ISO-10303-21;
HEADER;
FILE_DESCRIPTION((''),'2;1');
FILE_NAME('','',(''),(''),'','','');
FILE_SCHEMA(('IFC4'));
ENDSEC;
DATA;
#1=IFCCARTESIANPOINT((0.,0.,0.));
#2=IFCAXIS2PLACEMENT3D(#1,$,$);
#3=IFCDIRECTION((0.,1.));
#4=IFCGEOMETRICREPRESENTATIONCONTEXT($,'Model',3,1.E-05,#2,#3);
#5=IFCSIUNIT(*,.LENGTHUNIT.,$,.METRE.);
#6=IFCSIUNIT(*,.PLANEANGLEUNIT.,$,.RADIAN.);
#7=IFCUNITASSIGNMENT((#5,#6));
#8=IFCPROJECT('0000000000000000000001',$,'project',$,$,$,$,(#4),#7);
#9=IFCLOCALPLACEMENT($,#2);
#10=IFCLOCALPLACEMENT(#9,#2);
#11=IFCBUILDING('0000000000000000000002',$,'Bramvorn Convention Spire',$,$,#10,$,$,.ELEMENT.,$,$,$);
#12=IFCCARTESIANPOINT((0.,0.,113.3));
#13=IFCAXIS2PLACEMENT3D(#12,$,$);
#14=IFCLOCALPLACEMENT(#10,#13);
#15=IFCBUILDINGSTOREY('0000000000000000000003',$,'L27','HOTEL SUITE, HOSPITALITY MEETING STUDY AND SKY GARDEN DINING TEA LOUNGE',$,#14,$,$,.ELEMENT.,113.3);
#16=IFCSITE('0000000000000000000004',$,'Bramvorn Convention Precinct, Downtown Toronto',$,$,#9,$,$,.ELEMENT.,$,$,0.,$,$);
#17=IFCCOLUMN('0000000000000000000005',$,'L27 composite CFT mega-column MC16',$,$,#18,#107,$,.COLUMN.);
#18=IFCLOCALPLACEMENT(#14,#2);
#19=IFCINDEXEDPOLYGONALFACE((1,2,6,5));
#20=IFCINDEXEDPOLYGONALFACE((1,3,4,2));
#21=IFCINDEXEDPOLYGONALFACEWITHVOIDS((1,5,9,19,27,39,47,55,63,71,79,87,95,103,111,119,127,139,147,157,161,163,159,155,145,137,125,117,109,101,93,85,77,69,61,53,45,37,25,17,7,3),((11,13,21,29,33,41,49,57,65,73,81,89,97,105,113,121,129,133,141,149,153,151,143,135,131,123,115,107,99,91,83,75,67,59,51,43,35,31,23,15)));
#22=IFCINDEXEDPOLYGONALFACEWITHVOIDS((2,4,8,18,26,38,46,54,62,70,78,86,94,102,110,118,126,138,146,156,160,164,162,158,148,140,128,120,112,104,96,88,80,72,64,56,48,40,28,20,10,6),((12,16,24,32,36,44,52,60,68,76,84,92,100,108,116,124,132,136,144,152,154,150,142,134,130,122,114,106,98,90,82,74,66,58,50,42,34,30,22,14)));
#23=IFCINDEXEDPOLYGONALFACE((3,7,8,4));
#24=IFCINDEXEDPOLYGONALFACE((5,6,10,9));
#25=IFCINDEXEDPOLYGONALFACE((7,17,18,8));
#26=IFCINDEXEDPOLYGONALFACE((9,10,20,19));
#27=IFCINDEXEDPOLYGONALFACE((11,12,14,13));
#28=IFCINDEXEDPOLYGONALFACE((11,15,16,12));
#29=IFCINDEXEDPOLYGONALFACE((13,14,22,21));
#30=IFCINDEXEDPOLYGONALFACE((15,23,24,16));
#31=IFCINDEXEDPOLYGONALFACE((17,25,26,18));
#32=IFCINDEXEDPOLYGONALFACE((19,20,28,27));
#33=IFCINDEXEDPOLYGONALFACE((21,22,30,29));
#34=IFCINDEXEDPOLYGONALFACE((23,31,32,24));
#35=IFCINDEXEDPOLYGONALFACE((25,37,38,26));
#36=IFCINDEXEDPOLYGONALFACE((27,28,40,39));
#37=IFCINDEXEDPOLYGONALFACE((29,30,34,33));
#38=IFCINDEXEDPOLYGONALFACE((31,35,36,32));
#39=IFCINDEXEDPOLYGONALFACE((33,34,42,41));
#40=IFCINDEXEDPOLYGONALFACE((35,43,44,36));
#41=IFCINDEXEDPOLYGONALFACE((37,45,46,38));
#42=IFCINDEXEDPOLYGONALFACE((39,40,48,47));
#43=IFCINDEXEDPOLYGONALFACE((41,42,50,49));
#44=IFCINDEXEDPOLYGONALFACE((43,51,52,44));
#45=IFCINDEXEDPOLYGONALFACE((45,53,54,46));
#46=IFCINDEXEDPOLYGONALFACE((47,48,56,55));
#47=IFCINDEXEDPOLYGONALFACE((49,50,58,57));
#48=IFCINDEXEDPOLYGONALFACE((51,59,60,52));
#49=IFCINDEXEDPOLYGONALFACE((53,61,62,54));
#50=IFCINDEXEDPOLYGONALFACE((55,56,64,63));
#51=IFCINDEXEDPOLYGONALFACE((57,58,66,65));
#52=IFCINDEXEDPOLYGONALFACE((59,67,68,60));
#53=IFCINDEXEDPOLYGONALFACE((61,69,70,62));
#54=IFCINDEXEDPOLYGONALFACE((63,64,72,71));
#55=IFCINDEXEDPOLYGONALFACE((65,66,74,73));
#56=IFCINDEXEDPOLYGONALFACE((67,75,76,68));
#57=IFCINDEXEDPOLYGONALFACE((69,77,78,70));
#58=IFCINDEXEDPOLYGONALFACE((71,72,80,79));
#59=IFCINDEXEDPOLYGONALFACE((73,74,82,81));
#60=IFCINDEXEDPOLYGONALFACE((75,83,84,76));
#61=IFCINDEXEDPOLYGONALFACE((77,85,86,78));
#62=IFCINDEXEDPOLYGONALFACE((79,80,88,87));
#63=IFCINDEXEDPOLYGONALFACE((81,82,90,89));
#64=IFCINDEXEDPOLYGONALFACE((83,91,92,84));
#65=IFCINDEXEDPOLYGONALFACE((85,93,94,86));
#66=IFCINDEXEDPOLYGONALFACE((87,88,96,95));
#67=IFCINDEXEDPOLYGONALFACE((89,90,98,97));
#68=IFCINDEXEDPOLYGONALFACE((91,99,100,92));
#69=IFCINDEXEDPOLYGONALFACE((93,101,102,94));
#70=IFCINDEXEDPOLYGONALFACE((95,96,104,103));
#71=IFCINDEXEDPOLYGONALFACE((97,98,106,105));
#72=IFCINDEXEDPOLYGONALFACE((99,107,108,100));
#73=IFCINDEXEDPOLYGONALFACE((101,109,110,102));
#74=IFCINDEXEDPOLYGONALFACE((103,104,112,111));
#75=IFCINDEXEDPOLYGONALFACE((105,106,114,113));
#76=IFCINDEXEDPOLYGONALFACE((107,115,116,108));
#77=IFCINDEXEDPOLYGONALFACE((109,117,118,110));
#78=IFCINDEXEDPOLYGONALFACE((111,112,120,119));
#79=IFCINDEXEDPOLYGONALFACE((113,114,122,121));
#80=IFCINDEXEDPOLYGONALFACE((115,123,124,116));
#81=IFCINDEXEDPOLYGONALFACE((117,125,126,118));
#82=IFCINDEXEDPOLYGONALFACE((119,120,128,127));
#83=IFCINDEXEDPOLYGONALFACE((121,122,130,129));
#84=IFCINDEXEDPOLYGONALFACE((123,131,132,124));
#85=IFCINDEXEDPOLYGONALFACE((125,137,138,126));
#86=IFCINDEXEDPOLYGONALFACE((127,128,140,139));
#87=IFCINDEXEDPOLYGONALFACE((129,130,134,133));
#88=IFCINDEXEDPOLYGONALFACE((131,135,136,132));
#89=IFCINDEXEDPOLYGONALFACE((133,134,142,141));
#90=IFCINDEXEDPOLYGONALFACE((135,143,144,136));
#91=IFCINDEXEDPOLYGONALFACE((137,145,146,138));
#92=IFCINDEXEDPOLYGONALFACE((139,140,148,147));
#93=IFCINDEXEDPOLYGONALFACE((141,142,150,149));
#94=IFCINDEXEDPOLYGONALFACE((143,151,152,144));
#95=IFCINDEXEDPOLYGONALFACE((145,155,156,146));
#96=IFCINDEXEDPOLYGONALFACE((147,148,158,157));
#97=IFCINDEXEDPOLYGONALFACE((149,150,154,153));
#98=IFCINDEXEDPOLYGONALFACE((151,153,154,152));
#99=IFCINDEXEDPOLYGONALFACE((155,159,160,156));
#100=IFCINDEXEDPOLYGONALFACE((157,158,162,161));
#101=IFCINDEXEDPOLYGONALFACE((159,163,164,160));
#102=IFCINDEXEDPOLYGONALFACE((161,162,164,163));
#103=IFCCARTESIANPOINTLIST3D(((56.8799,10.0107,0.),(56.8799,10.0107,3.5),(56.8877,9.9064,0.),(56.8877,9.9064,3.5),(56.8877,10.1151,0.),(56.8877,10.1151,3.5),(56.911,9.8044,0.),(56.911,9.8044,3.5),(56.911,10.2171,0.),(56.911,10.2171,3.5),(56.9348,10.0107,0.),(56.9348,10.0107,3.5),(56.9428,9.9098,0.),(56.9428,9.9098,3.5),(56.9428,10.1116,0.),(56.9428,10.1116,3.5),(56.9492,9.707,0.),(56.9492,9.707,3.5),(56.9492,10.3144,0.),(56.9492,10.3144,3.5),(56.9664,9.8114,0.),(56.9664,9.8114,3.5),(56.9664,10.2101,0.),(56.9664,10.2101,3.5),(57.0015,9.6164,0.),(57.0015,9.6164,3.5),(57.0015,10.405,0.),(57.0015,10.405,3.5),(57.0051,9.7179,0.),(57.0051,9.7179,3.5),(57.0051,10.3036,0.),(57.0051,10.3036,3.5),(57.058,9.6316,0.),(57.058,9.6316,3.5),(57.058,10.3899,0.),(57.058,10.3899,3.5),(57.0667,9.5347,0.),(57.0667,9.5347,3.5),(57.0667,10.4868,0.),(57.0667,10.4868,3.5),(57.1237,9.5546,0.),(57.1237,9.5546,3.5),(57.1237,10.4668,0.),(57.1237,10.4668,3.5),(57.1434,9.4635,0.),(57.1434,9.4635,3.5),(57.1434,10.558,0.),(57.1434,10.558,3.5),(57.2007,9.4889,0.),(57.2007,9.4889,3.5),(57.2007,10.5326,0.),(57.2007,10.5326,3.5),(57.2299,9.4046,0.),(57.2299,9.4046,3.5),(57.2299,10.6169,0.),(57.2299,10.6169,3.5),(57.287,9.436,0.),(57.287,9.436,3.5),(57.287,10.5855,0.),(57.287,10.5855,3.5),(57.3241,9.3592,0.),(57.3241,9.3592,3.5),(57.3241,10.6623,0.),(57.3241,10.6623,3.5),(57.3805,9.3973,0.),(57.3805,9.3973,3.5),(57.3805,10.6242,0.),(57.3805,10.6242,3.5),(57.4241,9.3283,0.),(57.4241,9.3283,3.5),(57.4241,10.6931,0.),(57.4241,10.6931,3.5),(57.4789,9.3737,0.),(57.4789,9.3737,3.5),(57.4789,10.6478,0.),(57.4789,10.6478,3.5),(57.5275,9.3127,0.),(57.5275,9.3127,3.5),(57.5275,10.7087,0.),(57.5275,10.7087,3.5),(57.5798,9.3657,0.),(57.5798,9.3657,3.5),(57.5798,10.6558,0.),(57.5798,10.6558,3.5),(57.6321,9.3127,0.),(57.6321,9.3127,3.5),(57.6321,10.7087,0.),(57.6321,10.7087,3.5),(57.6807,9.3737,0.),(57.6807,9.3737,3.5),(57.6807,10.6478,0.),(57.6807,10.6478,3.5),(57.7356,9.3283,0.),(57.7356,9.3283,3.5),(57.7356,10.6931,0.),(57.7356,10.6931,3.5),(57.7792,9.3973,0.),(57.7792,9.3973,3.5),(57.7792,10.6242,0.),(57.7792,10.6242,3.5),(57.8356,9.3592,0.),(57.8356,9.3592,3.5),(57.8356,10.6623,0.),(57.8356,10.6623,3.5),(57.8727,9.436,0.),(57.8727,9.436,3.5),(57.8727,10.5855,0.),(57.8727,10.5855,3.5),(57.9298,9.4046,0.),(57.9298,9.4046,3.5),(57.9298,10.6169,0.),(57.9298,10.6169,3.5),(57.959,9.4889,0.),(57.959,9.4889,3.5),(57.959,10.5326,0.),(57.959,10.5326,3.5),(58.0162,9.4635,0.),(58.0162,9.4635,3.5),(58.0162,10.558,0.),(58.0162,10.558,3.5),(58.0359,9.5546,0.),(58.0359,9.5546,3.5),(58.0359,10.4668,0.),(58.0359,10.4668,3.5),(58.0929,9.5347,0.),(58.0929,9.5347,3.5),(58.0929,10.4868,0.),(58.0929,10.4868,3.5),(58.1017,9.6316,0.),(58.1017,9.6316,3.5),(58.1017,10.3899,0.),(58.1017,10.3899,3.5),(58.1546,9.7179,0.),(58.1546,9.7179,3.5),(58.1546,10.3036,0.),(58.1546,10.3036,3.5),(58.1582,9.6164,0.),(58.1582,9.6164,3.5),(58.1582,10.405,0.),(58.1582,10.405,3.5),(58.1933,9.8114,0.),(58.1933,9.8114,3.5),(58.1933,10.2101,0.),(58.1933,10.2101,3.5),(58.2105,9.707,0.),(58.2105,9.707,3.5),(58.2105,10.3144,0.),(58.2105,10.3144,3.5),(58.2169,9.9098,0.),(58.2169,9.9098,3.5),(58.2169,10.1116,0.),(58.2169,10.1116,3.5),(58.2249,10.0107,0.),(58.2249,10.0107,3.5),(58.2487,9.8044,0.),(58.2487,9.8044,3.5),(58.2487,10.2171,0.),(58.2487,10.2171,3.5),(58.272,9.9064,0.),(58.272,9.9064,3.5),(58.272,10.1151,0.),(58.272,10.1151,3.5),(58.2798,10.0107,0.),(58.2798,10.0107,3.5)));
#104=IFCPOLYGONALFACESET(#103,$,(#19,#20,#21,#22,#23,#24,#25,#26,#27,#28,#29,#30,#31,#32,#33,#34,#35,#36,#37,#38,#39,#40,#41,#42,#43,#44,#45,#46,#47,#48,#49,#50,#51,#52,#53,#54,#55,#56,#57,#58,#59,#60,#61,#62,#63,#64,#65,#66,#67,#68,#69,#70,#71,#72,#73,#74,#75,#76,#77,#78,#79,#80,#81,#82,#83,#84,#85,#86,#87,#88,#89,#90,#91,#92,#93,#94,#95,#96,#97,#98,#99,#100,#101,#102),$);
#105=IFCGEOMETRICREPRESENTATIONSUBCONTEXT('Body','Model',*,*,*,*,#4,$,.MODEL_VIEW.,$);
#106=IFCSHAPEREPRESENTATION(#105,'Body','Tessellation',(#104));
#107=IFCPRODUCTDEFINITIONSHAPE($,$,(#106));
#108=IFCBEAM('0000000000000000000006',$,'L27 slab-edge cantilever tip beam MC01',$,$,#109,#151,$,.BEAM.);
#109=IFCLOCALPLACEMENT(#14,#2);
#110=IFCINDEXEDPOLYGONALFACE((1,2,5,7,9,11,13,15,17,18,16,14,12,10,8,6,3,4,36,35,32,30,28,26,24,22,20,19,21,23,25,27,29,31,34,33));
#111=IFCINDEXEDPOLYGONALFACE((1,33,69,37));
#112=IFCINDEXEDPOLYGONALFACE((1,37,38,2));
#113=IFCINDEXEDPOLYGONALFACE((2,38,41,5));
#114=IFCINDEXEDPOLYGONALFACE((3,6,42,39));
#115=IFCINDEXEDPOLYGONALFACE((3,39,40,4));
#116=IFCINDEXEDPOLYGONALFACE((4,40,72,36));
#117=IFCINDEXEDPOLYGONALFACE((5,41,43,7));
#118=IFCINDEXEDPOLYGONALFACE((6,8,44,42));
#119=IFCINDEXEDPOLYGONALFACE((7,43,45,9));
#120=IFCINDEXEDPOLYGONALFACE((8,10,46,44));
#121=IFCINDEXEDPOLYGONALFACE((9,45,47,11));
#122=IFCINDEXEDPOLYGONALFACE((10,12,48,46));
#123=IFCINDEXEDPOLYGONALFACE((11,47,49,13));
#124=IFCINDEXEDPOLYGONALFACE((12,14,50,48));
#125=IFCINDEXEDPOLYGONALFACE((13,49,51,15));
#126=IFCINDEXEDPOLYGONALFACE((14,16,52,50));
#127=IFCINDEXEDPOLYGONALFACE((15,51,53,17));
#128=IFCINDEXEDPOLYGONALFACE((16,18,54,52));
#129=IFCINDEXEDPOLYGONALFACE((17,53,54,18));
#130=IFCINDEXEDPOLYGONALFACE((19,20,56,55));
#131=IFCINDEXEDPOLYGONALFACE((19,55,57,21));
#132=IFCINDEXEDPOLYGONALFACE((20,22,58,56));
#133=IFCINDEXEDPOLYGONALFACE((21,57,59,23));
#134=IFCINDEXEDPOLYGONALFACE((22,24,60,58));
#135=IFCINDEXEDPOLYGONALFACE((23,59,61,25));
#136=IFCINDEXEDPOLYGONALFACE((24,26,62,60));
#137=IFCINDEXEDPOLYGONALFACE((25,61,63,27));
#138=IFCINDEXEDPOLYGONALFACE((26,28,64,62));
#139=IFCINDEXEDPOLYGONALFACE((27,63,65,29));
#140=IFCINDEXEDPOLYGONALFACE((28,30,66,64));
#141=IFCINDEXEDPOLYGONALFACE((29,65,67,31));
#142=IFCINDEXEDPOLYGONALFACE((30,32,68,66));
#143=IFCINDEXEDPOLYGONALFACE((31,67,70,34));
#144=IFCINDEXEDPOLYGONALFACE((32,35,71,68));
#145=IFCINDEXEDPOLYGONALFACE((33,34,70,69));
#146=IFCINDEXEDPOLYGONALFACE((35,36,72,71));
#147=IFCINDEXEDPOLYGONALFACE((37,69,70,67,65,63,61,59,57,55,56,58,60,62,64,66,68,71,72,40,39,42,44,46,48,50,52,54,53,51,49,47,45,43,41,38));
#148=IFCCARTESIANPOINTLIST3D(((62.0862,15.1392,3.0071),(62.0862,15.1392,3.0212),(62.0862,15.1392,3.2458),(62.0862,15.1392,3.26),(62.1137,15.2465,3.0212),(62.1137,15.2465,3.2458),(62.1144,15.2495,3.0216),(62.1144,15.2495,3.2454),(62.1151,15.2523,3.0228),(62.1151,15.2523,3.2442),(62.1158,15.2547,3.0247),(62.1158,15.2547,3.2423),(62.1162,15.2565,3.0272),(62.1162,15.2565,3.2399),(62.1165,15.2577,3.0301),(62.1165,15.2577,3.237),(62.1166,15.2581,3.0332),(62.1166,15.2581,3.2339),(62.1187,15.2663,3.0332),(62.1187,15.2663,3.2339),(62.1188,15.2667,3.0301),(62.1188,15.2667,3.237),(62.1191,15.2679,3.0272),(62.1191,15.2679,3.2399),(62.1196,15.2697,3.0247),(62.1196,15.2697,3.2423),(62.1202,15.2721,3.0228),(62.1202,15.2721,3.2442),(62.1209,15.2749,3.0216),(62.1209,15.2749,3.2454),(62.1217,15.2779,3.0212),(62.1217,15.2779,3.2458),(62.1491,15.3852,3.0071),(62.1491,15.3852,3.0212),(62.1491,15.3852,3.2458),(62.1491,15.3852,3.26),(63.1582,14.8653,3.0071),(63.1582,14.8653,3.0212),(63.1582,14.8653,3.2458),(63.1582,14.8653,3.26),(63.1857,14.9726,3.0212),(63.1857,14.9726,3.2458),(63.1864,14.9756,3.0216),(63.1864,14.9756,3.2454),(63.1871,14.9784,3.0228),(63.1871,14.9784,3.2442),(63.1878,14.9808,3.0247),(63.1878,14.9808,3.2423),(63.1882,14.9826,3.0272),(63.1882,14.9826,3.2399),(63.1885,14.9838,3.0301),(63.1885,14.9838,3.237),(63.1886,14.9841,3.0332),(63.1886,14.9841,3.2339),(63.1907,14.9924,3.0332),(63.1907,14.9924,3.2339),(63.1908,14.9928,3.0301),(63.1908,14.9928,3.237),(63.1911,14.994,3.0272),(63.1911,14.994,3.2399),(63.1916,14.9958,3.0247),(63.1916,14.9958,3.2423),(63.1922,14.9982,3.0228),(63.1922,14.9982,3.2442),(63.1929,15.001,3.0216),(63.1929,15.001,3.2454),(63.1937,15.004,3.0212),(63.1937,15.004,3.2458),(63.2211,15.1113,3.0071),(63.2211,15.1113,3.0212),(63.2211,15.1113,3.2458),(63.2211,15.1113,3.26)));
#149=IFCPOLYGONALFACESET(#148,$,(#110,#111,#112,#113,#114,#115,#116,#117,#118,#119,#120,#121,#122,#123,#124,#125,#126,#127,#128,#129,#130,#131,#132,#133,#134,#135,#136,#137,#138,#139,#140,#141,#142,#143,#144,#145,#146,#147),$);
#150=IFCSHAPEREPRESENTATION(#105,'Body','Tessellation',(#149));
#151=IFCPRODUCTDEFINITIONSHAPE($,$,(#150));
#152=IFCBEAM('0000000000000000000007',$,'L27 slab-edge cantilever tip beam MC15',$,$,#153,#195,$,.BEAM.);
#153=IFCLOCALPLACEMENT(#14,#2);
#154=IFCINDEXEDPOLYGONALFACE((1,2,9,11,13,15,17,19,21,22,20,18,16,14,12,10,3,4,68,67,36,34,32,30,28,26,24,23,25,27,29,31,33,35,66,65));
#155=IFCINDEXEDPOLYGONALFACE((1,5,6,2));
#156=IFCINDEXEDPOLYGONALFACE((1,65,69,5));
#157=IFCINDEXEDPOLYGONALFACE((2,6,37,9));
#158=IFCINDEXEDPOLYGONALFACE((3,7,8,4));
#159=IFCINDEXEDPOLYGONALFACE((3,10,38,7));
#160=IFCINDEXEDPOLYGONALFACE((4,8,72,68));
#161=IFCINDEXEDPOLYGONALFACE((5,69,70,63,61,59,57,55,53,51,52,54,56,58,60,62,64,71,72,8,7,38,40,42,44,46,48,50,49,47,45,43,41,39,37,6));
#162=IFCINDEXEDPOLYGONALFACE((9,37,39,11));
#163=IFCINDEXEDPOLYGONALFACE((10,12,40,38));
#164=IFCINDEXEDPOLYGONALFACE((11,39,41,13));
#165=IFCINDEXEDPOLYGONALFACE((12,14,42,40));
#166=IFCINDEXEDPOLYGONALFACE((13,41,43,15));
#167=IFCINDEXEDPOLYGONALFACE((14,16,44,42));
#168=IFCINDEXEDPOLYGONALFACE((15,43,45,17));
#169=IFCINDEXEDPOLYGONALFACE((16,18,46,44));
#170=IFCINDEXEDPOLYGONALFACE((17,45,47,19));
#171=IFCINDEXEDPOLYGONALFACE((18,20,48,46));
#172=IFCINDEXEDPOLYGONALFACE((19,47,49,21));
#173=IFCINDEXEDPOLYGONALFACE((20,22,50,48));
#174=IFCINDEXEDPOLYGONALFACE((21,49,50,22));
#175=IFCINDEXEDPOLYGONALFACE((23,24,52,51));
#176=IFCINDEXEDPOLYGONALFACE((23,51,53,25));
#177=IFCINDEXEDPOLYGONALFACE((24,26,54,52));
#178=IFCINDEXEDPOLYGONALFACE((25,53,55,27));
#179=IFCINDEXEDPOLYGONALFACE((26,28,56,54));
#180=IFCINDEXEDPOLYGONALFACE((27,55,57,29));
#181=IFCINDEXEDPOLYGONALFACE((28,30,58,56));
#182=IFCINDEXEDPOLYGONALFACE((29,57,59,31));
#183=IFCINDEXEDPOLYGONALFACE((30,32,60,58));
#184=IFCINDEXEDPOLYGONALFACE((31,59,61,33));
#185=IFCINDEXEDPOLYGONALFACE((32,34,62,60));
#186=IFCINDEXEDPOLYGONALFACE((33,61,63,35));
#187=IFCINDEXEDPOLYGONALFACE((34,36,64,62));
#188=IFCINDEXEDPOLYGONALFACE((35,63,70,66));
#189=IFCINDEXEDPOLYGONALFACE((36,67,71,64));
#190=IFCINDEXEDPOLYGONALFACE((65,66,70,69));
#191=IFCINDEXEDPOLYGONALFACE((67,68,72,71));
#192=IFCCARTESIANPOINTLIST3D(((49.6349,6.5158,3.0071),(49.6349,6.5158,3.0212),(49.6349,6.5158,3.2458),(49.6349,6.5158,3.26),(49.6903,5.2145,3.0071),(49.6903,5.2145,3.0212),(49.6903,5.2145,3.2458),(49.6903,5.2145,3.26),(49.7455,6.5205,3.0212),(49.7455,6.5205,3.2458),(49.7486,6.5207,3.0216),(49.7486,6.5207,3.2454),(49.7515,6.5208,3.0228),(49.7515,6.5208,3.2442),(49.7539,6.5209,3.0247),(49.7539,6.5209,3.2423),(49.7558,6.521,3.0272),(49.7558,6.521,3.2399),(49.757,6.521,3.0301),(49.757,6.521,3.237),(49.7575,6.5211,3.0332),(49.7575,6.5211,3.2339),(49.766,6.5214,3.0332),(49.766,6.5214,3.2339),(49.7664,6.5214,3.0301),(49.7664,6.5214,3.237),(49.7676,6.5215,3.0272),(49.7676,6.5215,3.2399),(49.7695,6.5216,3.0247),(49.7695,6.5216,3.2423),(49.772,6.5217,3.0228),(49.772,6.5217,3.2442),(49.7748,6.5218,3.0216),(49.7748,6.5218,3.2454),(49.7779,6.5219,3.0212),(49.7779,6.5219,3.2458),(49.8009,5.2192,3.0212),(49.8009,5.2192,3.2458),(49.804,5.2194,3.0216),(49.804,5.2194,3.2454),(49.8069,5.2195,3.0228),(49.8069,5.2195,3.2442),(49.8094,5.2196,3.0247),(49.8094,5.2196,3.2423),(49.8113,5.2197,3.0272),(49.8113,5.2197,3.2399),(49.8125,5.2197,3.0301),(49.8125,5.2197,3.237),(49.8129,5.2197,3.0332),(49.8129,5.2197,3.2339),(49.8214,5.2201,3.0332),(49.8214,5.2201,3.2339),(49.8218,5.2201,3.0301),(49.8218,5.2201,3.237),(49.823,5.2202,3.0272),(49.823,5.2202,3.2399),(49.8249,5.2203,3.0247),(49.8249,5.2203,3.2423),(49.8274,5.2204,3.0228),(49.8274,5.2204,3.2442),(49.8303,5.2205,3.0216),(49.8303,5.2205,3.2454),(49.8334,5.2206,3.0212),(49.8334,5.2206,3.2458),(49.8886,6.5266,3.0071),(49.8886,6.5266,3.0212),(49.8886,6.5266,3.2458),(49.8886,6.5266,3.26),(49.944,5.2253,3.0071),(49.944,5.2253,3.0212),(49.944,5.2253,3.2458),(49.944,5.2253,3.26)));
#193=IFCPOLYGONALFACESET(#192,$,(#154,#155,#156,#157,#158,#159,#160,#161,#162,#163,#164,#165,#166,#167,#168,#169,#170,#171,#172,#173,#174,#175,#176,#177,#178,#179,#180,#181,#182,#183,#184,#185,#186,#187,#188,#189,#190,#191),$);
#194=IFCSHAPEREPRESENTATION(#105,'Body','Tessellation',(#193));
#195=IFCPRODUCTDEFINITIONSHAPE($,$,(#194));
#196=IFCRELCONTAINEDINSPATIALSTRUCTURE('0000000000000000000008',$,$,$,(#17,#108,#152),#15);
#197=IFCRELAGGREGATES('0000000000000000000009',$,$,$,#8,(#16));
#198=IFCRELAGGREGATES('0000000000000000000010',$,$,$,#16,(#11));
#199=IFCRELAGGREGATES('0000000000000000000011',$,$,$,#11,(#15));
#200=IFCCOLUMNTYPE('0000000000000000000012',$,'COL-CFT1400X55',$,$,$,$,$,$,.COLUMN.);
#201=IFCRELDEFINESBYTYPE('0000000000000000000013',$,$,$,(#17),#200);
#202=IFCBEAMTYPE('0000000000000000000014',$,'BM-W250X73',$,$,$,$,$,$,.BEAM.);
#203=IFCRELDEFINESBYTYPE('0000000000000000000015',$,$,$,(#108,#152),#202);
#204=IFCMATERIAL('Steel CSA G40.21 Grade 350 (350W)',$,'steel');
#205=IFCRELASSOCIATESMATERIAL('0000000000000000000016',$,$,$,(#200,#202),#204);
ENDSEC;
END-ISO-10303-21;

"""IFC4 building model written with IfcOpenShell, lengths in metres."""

from ifc_helpers import new_model, si_unit, direction, frame, origin, origin_2d, place, context, subcontext, project, spatial, hollow_circle, i_section, extrude, material, material_profile, profile_set, type_object, element, save


model = new_model("IFC4")

# Units and contexts
model_context = context("Model", 3, precision=1e-05, world=origin(), true_north=direction((0.0, 1.0)))
body_context = subcontext(model_context, "Body", "Model", "MODEL_VIEW")
ifc_project = project(units=[si_unit("LENGTHUNIT", "METRE"), si_unit("PLANEANGLEUNIT", "RADIAN")], contexts=[model_context])

# Site, building, storey
site_placement = place(None, origin())
site = spatial("IfcSite", under=ifc_project, at=site_placement, Name="Bramvorn Convention Precinct, Downtown Toronto", CompositionType="ELEMENT", RefElevation=0.0)
building_placement = place(site_placement, origin())
building = spatial("IfcBuilding", under=site, at=building_placement, Name="Bramvorn Convention Spire", CompositionType="ELEMENT")
storey_placement = place(building_placement, frame((0.0, 0.0, 113.3)))
storey = spatial("IfcBuildingStorey", under=building, at=storey_placement, Name="L27", Description="HOTEL SUITE, HOSPITALITY MEETING STUDY AND SKY GARDEN DINING TEA LOUNGE", CompositionType="ELEMENT", Elevation=113.3)

# Column
ifc_material_1 = material(Name="Steel CSA G40.21 Grade 350 (350W)", Category="steel")
ifc_material_profile_1 = material_profile(ifc_material_1, hollow_circle(Radius=0.7, WallThickness=0.0549, at=origin_2d()))
ifc_profile_set_1 = profile_set([ifc_material_profile_1], Name="Steel CSA G40.21 Grade 350 (350W) - CFT1400X55")
column_type = type_object("IfcColumnType", Name="COL-CFT1400X55", PredefinedType="COLUMN", material=ifc_profile_set_1)
for number, where, z_axis, x_axis, name in (
    (1, (57.5798, 10.0107, 0.0), (0.0, 0.0, 1.0), (1.0, 0.0, 0.0), "L27 composite CFT mega-column MC16"),
):
    element("IfcColumn", number, at=place(storey_placement, frame(where, z_axis=z_axis, x_axis=x_axis)), inside=storey, type_object=column_type, Name=name, PredefinedType="COLUMN", context=body_context, shape_type="SweptSolid", body=[
        extrude(hollow_circle(Radius=0.7, WallThickness=0.0549, at=origin_2d()), origin(), (0.0, 0.0, 1.0), 3.5),
    ])

# Beams
ifc_material_profile_2 = material_profile(ifc_material_1, i_section(OverallWidth=0.2539, OverallDepth=0.2529, WebThickness=0.0085, FlangeThickness=0.0142, FilletRadius=0.012, at=origin_2d()))
ifc_profile_set_2 = profile_set([ifc_material_profile_2], Name="Steel CSA G40.21 Grade 350 (350W) - W250X73")
beam_type_1 = type_object("IfcBeamType", Name="BM-W250X73", PredefinedType="BEAM", material=ifc_profile_set_2)
beam_1_placement = place(storey_placement, frame((62.1177, 15.2622, 3.1335), z_axis=(0.96887, -0.247568, 0.0), x_axis=(0.247568, 0.96887, 0.0)))
element("IfcBeam", 2, at=beam_1_placement, inside=storey, type_object=beam_type_1, Name="L27 slab-edge cantilever tip beam MC01", PredefinedType="BEAM", context=body_context, shape_type="SweptSolid", body=[
    extrude(i_section(OverallWidth=0.2539, OverallDepth=0.2529, WebThickness=0.0085, FlangeThickness=0.0142, FilletRadius=0.012, at=origin_2d()), origin(), (0.0, 0.0, 1.0), 1.1064),
])
beam_2_placement = place(storey_placement, frame((49.7617, 6.5212, 3.1335), z_axis=(0.042551, -0.999094, 0.0), x_axis=(0.999094, 0.042551, 0.0)))
element("IfcBeam", 3, at=beam_2_placement, inside=storey, type_object=beam_type_1, Name="L27 slab-edge cantilever tip beam MC15", PredefinedType="BEAM", context=body_context, shape_type="SweptSolid", body=[
    extrude(i_section(OverallWidth=0.2539, OverallDepth=0.2529, WebThickness=0.0085, FlangeThickness=0.0142, FilletRadius=0.012, at=origin_2d()), origin(), (0.0, 0.0, 1.0), 1.3025),
])

save(model, "model.ifc")
